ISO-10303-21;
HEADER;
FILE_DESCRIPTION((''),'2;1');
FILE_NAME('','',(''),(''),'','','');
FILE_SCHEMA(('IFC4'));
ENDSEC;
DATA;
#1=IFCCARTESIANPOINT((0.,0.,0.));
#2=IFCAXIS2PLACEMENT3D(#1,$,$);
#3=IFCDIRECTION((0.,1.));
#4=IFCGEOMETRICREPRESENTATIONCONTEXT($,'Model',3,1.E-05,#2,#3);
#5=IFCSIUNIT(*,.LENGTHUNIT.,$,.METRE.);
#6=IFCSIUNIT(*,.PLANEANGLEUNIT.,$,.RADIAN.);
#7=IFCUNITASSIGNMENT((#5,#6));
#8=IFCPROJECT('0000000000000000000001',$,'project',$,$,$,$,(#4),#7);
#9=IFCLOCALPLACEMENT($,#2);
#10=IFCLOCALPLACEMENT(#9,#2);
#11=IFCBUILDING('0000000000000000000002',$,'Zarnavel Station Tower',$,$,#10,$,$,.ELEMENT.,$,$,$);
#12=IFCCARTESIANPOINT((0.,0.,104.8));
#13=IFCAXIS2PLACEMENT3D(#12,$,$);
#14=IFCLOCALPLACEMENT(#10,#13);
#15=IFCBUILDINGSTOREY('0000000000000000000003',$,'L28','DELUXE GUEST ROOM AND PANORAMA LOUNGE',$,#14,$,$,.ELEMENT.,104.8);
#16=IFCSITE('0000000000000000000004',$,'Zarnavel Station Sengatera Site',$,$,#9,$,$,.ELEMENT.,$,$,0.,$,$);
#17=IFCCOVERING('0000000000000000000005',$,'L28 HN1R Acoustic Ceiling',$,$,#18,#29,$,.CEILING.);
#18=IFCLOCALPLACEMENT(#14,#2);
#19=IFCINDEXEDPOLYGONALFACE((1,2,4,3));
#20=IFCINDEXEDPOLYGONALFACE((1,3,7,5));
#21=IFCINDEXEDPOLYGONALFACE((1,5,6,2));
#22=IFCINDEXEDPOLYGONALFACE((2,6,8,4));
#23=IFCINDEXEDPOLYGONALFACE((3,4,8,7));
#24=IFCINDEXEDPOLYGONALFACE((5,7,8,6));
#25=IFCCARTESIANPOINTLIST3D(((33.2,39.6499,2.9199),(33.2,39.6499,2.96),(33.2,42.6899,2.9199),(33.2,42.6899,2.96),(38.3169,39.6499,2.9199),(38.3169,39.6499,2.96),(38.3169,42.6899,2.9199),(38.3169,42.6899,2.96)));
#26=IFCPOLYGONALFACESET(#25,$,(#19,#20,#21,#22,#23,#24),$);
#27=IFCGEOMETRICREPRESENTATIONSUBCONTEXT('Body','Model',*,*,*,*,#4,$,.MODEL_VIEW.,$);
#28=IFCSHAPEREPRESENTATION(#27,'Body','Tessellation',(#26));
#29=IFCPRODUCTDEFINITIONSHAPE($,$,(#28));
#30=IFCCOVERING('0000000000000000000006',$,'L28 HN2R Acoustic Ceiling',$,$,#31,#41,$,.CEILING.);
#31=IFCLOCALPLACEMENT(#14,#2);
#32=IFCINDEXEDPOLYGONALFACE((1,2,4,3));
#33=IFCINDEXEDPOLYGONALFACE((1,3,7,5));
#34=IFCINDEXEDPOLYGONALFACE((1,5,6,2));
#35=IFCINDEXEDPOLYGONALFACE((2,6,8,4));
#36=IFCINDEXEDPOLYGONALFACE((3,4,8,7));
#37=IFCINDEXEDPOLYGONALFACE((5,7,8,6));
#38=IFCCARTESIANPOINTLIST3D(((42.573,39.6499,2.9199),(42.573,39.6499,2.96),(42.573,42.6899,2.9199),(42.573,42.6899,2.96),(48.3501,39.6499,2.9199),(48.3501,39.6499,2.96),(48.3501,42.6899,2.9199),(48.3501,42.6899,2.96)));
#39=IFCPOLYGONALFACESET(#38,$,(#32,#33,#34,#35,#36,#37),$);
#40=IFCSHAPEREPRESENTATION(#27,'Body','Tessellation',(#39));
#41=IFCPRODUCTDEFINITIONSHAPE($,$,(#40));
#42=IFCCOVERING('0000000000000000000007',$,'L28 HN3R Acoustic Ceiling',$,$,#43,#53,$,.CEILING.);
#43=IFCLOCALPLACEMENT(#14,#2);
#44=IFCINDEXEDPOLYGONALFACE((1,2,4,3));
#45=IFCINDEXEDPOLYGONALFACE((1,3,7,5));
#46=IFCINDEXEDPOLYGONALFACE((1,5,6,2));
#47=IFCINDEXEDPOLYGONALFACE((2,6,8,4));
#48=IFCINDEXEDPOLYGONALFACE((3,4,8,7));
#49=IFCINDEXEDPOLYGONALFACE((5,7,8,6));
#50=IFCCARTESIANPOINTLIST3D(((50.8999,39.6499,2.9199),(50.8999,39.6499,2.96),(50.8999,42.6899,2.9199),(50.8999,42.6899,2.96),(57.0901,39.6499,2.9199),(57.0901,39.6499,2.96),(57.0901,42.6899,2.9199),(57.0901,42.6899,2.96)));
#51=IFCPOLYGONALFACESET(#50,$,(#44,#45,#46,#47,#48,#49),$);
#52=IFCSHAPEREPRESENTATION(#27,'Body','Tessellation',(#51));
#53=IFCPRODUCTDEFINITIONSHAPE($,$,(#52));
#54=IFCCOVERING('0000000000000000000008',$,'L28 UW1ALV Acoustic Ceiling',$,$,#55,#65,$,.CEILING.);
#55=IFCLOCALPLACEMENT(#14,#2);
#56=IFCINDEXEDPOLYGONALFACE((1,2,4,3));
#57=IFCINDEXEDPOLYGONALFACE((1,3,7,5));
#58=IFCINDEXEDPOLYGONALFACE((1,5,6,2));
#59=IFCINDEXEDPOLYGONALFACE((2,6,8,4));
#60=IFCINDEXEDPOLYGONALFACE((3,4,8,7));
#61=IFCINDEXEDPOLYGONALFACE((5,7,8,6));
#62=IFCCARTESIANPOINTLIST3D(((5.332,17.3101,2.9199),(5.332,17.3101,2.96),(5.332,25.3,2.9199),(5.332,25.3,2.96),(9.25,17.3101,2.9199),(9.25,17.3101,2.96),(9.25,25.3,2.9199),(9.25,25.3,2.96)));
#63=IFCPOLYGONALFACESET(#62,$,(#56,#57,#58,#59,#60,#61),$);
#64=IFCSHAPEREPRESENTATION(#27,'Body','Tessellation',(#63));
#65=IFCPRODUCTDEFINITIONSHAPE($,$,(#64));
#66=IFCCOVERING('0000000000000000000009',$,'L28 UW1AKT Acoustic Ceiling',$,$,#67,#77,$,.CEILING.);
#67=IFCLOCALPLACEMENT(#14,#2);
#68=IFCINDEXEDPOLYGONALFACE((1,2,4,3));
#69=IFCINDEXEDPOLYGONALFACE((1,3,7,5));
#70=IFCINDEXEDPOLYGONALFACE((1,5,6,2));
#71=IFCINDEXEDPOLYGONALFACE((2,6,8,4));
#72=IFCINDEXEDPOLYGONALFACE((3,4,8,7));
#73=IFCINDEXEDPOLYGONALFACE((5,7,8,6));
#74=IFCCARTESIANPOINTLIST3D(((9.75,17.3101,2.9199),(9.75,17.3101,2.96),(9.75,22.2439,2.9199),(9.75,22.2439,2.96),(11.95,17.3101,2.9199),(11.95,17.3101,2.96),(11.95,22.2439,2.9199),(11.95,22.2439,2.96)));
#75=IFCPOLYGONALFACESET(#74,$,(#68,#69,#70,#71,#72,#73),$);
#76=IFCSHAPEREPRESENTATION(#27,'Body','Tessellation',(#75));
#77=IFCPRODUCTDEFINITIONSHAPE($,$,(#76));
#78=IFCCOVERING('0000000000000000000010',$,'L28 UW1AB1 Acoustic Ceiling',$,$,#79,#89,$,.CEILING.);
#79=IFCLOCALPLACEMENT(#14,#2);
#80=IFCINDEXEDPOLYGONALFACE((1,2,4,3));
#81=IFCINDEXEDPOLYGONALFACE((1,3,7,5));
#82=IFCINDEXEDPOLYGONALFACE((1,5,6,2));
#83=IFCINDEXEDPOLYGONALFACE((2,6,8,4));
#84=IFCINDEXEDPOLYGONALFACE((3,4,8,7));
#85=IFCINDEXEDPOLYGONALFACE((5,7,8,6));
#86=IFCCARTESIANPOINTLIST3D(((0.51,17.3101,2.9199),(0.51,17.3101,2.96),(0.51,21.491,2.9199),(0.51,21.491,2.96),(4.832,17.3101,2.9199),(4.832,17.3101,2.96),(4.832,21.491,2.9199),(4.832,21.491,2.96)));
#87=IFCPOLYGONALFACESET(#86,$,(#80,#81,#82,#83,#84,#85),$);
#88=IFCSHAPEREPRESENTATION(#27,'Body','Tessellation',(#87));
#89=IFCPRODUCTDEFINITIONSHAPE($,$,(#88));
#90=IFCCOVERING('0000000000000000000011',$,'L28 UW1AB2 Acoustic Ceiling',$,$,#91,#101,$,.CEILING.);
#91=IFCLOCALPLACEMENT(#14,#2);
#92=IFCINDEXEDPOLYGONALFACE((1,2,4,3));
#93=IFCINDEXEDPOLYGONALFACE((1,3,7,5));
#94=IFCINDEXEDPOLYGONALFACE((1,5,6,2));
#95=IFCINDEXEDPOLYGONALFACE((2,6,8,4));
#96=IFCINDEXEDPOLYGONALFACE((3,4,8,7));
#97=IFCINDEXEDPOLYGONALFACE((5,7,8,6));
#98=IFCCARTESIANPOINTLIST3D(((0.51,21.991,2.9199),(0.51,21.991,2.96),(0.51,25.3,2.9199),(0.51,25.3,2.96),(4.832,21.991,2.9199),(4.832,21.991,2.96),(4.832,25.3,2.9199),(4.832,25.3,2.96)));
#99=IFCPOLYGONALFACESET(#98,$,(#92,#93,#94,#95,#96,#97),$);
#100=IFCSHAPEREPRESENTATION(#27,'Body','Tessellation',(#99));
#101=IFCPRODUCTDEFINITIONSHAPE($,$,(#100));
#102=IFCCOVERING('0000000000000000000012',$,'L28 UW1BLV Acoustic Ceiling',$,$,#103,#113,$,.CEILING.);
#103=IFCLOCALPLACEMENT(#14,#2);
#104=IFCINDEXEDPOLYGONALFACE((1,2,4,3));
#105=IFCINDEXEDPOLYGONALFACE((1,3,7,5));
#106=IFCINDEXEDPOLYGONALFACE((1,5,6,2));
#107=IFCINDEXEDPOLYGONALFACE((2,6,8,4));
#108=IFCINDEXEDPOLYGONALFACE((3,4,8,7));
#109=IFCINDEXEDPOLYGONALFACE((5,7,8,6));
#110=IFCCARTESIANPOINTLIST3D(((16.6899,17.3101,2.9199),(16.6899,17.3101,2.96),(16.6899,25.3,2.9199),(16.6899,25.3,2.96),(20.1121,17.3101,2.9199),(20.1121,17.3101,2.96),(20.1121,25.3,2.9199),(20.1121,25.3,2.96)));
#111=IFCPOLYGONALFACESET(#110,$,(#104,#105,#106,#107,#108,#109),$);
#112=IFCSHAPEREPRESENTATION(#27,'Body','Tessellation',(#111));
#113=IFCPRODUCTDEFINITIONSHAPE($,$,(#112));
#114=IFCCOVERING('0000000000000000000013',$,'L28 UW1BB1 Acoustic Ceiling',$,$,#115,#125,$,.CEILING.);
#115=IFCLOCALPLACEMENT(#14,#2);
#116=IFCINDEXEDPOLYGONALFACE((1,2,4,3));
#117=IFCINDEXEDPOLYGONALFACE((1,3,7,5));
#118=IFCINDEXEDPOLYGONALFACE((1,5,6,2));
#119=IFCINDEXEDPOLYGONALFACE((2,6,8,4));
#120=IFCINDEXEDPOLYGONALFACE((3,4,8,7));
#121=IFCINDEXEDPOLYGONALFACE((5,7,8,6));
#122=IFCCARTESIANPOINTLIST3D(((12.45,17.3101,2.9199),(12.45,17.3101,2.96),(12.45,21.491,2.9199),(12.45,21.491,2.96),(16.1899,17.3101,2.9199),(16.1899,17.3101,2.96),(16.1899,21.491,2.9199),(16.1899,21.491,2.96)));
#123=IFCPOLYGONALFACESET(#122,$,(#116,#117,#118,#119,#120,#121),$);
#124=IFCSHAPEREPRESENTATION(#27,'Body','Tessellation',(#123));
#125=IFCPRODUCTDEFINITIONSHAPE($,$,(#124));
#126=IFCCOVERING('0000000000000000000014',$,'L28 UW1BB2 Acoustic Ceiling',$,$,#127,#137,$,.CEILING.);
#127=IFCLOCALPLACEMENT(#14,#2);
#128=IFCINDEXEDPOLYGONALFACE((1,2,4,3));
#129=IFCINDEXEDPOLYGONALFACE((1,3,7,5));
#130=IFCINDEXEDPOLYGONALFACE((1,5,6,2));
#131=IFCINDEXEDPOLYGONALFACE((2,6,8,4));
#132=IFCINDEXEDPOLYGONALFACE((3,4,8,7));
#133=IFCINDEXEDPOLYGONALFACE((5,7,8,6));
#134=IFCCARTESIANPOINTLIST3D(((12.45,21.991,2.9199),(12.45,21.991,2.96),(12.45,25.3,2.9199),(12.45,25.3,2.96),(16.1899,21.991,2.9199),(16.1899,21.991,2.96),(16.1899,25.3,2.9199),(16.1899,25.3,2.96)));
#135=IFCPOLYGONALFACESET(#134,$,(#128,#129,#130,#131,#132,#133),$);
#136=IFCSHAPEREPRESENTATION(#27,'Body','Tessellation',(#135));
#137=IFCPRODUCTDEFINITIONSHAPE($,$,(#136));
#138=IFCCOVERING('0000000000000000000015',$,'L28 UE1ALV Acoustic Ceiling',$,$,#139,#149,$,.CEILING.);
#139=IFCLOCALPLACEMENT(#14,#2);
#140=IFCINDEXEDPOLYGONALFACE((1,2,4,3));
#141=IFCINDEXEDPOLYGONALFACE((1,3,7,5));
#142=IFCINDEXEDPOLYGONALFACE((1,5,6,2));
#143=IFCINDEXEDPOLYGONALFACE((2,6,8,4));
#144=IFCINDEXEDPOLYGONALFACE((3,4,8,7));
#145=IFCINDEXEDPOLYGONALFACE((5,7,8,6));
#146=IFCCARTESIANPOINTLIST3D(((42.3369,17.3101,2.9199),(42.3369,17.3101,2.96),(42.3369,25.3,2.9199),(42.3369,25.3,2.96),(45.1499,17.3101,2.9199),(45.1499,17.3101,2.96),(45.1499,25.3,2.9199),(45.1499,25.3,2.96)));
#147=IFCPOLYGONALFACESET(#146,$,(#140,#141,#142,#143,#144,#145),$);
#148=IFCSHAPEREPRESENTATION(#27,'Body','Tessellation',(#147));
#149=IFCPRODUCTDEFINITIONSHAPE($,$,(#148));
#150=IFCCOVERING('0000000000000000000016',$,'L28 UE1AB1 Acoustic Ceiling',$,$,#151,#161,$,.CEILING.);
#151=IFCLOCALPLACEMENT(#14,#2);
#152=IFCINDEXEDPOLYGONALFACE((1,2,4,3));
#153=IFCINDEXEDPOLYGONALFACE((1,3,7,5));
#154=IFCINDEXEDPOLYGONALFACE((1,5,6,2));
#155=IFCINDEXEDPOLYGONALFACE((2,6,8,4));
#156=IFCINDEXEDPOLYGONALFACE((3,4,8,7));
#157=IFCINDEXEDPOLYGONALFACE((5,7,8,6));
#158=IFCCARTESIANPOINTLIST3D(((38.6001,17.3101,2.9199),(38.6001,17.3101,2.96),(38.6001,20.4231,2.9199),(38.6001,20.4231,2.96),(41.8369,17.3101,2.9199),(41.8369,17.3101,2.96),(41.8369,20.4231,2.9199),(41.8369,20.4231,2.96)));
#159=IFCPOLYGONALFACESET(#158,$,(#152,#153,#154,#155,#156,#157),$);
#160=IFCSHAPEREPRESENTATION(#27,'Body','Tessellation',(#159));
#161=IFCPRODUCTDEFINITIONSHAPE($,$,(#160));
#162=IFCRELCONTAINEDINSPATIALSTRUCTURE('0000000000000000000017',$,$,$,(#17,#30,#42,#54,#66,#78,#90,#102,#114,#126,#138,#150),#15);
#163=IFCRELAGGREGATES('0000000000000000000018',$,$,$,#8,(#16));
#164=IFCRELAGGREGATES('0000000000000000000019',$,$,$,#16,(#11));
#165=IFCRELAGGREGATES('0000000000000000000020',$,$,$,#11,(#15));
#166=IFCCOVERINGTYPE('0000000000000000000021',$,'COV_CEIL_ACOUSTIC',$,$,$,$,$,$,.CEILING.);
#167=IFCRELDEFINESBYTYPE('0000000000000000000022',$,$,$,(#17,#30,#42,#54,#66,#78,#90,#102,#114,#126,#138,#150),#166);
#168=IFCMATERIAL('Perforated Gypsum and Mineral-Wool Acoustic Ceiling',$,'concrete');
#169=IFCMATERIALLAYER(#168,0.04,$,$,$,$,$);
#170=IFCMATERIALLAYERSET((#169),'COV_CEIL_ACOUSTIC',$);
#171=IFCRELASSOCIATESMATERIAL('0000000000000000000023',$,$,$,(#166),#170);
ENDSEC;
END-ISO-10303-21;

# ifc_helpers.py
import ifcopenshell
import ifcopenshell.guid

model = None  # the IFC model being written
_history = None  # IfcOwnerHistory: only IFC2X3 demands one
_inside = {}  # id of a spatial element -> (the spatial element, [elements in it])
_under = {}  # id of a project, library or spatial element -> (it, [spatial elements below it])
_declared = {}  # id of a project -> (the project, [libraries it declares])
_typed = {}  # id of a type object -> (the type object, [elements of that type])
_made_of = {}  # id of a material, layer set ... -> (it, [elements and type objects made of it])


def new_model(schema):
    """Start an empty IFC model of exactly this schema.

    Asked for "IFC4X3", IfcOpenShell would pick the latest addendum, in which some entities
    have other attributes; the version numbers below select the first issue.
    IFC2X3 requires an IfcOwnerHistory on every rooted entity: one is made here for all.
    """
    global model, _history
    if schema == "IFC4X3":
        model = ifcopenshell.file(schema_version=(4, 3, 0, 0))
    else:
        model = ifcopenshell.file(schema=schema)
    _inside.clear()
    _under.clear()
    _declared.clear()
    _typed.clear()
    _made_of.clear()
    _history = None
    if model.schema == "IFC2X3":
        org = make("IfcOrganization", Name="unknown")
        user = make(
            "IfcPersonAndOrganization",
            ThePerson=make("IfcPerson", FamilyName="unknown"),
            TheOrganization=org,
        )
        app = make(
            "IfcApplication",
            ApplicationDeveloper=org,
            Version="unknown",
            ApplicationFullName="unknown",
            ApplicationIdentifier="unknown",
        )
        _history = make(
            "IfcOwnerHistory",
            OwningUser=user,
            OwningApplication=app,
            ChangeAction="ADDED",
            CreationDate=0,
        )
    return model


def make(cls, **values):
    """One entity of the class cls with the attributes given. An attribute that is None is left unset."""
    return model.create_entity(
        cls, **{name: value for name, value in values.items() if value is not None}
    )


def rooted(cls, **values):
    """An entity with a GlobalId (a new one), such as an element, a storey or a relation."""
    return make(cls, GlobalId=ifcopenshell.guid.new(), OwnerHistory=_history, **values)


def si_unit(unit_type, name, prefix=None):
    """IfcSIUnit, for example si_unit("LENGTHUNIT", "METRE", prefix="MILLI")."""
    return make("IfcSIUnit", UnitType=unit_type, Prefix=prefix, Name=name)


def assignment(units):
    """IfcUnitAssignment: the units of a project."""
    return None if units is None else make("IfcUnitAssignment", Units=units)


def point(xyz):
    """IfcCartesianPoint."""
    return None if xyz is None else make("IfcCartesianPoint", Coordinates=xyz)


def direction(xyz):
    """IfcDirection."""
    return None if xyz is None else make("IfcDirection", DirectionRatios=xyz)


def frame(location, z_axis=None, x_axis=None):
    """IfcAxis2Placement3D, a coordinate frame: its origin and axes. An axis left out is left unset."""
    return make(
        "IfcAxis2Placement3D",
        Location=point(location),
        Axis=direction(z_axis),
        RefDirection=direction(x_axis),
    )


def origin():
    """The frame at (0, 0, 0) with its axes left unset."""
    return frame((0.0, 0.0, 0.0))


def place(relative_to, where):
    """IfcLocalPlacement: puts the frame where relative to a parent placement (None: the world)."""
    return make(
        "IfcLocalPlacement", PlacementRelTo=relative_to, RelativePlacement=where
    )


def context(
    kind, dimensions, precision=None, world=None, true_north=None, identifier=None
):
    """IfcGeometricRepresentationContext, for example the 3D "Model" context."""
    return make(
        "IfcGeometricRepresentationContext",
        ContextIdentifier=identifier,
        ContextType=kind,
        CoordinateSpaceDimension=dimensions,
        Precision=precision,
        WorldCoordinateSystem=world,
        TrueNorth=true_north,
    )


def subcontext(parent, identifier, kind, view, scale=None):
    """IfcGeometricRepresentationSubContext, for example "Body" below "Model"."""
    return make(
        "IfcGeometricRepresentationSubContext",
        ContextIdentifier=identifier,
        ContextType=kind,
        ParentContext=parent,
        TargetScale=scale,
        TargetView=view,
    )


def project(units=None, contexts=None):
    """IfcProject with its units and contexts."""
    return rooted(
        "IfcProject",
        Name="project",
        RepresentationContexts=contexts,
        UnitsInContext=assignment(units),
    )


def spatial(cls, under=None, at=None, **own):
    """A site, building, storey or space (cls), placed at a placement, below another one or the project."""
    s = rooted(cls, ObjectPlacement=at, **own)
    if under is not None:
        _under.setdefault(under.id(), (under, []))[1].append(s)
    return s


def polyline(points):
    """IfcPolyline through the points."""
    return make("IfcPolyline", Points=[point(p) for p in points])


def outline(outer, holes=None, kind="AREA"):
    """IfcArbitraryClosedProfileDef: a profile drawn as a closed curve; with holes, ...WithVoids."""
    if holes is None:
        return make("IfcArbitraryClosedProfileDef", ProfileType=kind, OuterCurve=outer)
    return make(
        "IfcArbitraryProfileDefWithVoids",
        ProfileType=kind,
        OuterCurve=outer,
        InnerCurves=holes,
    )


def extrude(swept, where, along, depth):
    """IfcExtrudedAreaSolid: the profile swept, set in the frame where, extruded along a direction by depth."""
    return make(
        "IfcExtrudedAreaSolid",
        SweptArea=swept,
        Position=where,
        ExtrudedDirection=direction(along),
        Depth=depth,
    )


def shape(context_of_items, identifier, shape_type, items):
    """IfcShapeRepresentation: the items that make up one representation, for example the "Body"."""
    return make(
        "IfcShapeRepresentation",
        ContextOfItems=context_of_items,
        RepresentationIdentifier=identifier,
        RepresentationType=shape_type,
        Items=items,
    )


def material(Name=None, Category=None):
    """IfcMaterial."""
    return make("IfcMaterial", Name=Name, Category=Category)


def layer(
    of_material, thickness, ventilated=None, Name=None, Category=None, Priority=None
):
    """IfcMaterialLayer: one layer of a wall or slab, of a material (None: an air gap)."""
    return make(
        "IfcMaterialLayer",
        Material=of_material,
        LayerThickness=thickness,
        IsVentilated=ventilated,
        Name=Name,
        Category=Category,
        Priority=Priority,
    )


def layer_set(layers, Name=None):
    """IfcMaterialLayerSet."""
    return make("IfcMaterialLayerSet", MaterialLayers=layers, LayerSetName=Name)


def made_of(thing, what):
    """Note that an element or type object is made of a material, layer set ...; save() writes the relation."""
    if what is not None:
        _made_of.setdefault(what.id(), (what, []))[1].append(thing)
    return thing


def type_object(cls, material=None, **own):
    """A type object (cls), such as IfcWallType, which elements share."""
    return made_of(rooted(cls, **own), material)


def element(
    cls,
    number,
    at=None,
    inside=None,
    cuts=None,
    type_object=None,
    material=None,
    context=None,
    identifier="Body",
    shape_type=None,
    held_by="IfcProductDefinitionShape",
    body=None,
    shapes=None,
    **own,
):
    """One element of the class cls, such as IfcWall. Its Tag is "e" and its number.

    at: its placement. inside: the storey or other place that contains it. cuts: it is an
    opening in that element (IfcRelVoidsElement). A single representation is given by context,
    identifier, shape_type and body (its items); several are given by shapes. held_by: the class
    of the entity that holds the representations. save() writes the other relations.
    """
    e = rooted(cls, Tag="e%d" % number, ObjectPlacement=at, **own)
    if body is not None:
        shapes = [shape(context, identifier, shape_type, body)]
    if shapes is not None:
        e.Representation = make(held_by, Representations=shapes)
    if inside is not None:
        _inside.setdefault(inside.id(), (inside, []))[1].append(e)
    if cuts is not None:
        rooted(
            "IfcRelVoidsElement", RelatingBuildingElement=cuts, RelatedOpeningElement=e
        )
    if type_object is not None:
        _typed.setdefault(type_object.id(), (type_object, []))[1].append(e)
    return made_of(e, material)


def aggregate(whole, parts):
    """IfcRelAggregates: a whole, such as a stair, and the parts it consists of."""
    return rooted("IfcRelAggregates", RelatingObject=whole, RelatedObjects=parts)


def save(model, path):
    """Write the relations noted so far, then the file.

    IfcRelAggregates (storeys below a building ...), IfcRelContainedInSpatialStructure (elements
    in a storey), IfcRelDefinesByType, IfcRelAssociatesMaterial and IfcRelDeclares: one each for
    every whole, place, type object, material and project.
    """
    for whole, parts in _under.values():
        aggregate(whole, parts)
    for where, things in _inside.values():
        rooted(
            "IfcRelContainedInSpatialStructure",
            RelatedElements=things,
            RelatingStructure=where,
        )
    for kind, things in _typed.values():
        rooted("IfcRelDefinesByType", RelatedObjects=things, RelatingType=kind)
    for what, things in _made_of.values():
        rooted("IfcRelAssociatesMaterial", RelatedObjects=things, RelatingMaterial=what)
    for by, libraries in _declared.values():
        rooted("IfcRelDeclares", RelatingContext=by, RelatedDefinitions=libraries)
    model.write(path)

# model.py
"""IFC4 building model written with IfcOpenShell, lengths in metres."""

from ifc_helpers import new_model, si_unit, direction, frame, origin, place, context, subcontext, project, spatial, polyline, outline, extrude, material, layer, layer_set, type_object, element, save


model = new_model("IFC4")

# Units and contexts
model_context = context("Model", 3, precision=1e-05, world=origin(), true_north=direction((0.0, 1.0)))
body_context = subcontext(model_context, "Body", "Model", "MODEL_VIEW")
ifc_project = project(units=[si_unit("LENGTHUNIT", "METRE"), si_unit("PLANEANGLEUNIT", "RADIAN")], contexts=[model_context])

# Site, building, storey
site_placement = place(None, origin())
site = spatial("IfcSite", under=ifc_project, at=site_placement, Name="Zarnavel Station Sengatera Site", CompositionType="ELEMENT", RefElevation=0.0)
building_placement = place(site_placement, origin())
building = spatial("IfcBuilding", under=site, at=building_placement, Name="Zarnavel Station Tower", CompositionType="ELEMENT")
storey_placement = place(building_placement, frame((0.0, 0.0, 104.8)))
storey = spatial("IfcBuildingStorey", under=building, at=storey_placement, Name="L28", Description="DELUXE GUEST ROOM AND PANORAMA LOUNGE", CompositionType="ELEMENT", Elevation=104.8)

# Coverings
ifc_material_1 = material(Name="Perforated Gypsum and Mineral-Wool Acoustic Ceiling", Category="concrete")
ifc_layer_1 = layer(ifc_material_1, 0.04)
ifc_layer_set_1 = layer_set([ifc_layer_1], Name="COV_CEIL_ACOUSTIC")
covering_type_1 = type_object("IfcCoveringType", Name="COV_CEIL_ACOUSTIC", PredefinedType="CEILING", material=ifc_layer_set_1)
covering_1_placement = place(storey_placement, frame((0.0, 0.0, 2.9199)))
element("IfcCovering", 1, at=covering_1_placement, inside=storey, type_object=covering_type_1, Name="L28 HN1R Acoustic Ceiling", PredefinedType="CEILING", context=body_context, shape_type="SweptSolid", body=[
    extrude(outline(polyline([(33.2, 39.6499), (38.3169, 39.6499), (38.3169, 42.6899), (33.2, 42.6899), (33.2, 39.6499)])), origin(), (0.0, 0.0, 1.0), 0.04),
])
covering_2_placement = place(storey_placement, frame((0.0, 0.0, 2.9199)))
element("IfcCovering", 2, at=covering_2_placement, inside=storey, type_object=covering_type_1, Name="L28 HN2R Acoustic Ceiling", PredefinedType="CEILING", context=body_context, shape_type="SweptSolid", body=[
    extrude(outline(polyline([(42.573, 39.6499), (48.3501, 39.6499), (48.3501, 42.6899), (42.573, 42.6899), (42.573, 39.6499)])), origin(), (0.0, 0.0, 1.0), 0.04),
])
covering_3_placement = place(storey_placement, frame((0.0, 0.0, 2.9199)))
element("IfcCovering", 3, at=covering_3_placement, inside=storey, type_object=covering_type_1, Name="L28 HN3R Acoustic Ceiling", PredefinedType="CEILING", context=body_context, shape_type="SweptSolid", body=[
    extrude(outline(polyline([(50.8999, 39.6499), (57.0901, 39.6499), (57.0901, 42.6899), (50.8999, 42.6899), (50.8999, 39.6499)])), origin(), (0.0, 0.0, 1.0), 0.04),
])
covering_4_placement = place(storey_placement, frame((0.0, 0.0, 2.9199)))
element("IfcCovering", 4, at=covering_4_placement, inside=storey, type_object=covering_type_1, Name="L28 UW1ALV Acoustic Ceiling", PredefinedType="CEILING", context=body_context, shape_type="SweptSolid", body=[
    extrude(outline(polyline([(5.332, 17.3101), (9.25, 17.3101), (9.25, 25.3), (5.332, 25.3), (5.332, 17.3101)])), origin(), (0.0, 0.0, 1.0), 0.04),
])
covering_5_placement = place(storey_placement, frame((0.0, 0.0, 2.9199)))
element("IfcCovering", 5, at=covering_5_placement, inside=storey, type_object=covering_type_1, Name="L28 UW1AKT Acoustic Ceiling", PredefinedType="CEILING", context=body_context, shape_type="SweptSolid", body=[
    extrude(outline(polyline([(9.75, 17.3101), (11.95, 17.3101), (11.95, 22.2439), (9.75, 22.2439), (9.75, 17.3101)])), origin(), (0.0, 0.0, 1.0), 0.04),
])
covering_6_placement = place(storey_placement, frame((0.0, 0.0, 2.9199)))
element("IfcCovering", 6, at=covering_6_placement, inside=storey, type_object=covering_type_1, Name="L28 UW1AB1 Acoustic Ceiling", PredefinedType="CEILING", context=body_context, shape_type="SweptSolid", body=[
    extrude(outline(polyline([(0.51, 17.3101), (4.832, 17.3101), (4.832, 21.491), (0.51, 21.491), (0.51, 17.3101)])), origin(), (0.0, 0.0, 1.0), 0.04),
])
covering_7_placement = place(storey_placement, frame((0.0, 0.0, 2.9199)))
element("IfcCovering", 7, at=covering_7_placement, inside=storey, type_object=covering_type_1, Name="L28 UW1AB2 Acoustic Ceiling", PredefinedType="CEILING", context=body_context, shape_type="SweptSolid", body=[
    extrude(outline(polyline([(0.51, 21.991), (4.832, 21.991), (4.832, 25.3), (0.51, 25.3), (0.51, 21.991)])), origin(), (0.0, 0.0, 1.0), 0.04),
])
covering_8_placement = place(storey_placement, frame((0.0, 0.0, 2.9199)))
element("IfcCovering", 8, at=covering_8_placement, inside=storey, type_object=covering_type_1, Name="L28 UW1BLV Acoustic Ceiling", PredefinedType="CEILING", context=body_context, shape_type="SweptSolid", body=[
    extrude(outline(polyline([(16.6899, 17.3101), (20.1121, 17.3101), (20.1121, 25.3), (16.6899, 25.3), (16.6899, 17.3101)])), origin(), (0.0, 0.0, 1.0), 0.04),
])
covering_9_placement = place(storey_placement, frame((0.0, 0.0, 2.9199)))
element("IfcCovering", 9, at=covering_9_placement, inside=storey, type_object=covering_type_1, Name="L28 UW1BB1 Acoustic Ceiling", PredefinedType="CEILING", context=body_context, shape_type="SweptSolid", body=[
    extrude(outline(polyline([(12.45, 17.3101), (16.1899, 17.3101), (16.1899, 21.491), (12.45, 21.491), (12.45, 17.3101)])), origin(), (0.0, 0.0, 1.0), 0.04),
])
covering_10_placement = place(storey_placement, frame((0.0, 0.0, 2.9199)))
element("IfcCovering", 10, at=covering_10_placement, inside=storey, type_object=covering_type_1, Name="L28 UW1BB2 Acoustic Ceiling", PredefinedType="CEILING", context=body_context, shape_type="SweptSolid", body=[
    extrude(outline(polyline([(12.45, 21.991), (16.1899, 21.991), (16.1899, 25.3), (12.45, 25.3), (12.45, 21.991)])), origin(), (0.0, 0.0, 1.0), 0.04),
])
covering_11_placement = place(storey_placement, frame((0.0, 0.0, 2.9199)))
element("IfcCovering", 11, at=covering_11_placement, inside=storey, type_object=covering_type_1, Name="L28 UE1ALV Acoustic Ceiling", PredefinedType="CEILING", context=body_context, shape_type="SweptSolid", body=[
    extrude(outline(polyline([(42.3369, 17.3101), (45.1499, 17.3101), (45.1499, 25.3), (42.3369, 25.3), (42.3369, 17.3101)])), origin(), (0.0, 0.0, 1.0), 0.04),
])
covering_12_placement = place(storey_placement, frame((0.0, 0.0, 2.9199)))
element("IfcCovering", 12, at=covering_12_placement, inside=storey, type_object=covering_type_1, Name="L28 UE1AB1 Acoustic Ceiling", PredefinedType="CEILING", context=body_context, shape_type="SweptSolid", body=[
    extrude(outline(polyline([(38.6001, 17.3101), (41.8369, 17.3101), (41.8369, 20.4231), (38.6001, 20.4231), (38.6001, 17.3101)])), origin(), (0.0, 0.0, 1.0), 0.04),
])

save(model, "model.ifc")
